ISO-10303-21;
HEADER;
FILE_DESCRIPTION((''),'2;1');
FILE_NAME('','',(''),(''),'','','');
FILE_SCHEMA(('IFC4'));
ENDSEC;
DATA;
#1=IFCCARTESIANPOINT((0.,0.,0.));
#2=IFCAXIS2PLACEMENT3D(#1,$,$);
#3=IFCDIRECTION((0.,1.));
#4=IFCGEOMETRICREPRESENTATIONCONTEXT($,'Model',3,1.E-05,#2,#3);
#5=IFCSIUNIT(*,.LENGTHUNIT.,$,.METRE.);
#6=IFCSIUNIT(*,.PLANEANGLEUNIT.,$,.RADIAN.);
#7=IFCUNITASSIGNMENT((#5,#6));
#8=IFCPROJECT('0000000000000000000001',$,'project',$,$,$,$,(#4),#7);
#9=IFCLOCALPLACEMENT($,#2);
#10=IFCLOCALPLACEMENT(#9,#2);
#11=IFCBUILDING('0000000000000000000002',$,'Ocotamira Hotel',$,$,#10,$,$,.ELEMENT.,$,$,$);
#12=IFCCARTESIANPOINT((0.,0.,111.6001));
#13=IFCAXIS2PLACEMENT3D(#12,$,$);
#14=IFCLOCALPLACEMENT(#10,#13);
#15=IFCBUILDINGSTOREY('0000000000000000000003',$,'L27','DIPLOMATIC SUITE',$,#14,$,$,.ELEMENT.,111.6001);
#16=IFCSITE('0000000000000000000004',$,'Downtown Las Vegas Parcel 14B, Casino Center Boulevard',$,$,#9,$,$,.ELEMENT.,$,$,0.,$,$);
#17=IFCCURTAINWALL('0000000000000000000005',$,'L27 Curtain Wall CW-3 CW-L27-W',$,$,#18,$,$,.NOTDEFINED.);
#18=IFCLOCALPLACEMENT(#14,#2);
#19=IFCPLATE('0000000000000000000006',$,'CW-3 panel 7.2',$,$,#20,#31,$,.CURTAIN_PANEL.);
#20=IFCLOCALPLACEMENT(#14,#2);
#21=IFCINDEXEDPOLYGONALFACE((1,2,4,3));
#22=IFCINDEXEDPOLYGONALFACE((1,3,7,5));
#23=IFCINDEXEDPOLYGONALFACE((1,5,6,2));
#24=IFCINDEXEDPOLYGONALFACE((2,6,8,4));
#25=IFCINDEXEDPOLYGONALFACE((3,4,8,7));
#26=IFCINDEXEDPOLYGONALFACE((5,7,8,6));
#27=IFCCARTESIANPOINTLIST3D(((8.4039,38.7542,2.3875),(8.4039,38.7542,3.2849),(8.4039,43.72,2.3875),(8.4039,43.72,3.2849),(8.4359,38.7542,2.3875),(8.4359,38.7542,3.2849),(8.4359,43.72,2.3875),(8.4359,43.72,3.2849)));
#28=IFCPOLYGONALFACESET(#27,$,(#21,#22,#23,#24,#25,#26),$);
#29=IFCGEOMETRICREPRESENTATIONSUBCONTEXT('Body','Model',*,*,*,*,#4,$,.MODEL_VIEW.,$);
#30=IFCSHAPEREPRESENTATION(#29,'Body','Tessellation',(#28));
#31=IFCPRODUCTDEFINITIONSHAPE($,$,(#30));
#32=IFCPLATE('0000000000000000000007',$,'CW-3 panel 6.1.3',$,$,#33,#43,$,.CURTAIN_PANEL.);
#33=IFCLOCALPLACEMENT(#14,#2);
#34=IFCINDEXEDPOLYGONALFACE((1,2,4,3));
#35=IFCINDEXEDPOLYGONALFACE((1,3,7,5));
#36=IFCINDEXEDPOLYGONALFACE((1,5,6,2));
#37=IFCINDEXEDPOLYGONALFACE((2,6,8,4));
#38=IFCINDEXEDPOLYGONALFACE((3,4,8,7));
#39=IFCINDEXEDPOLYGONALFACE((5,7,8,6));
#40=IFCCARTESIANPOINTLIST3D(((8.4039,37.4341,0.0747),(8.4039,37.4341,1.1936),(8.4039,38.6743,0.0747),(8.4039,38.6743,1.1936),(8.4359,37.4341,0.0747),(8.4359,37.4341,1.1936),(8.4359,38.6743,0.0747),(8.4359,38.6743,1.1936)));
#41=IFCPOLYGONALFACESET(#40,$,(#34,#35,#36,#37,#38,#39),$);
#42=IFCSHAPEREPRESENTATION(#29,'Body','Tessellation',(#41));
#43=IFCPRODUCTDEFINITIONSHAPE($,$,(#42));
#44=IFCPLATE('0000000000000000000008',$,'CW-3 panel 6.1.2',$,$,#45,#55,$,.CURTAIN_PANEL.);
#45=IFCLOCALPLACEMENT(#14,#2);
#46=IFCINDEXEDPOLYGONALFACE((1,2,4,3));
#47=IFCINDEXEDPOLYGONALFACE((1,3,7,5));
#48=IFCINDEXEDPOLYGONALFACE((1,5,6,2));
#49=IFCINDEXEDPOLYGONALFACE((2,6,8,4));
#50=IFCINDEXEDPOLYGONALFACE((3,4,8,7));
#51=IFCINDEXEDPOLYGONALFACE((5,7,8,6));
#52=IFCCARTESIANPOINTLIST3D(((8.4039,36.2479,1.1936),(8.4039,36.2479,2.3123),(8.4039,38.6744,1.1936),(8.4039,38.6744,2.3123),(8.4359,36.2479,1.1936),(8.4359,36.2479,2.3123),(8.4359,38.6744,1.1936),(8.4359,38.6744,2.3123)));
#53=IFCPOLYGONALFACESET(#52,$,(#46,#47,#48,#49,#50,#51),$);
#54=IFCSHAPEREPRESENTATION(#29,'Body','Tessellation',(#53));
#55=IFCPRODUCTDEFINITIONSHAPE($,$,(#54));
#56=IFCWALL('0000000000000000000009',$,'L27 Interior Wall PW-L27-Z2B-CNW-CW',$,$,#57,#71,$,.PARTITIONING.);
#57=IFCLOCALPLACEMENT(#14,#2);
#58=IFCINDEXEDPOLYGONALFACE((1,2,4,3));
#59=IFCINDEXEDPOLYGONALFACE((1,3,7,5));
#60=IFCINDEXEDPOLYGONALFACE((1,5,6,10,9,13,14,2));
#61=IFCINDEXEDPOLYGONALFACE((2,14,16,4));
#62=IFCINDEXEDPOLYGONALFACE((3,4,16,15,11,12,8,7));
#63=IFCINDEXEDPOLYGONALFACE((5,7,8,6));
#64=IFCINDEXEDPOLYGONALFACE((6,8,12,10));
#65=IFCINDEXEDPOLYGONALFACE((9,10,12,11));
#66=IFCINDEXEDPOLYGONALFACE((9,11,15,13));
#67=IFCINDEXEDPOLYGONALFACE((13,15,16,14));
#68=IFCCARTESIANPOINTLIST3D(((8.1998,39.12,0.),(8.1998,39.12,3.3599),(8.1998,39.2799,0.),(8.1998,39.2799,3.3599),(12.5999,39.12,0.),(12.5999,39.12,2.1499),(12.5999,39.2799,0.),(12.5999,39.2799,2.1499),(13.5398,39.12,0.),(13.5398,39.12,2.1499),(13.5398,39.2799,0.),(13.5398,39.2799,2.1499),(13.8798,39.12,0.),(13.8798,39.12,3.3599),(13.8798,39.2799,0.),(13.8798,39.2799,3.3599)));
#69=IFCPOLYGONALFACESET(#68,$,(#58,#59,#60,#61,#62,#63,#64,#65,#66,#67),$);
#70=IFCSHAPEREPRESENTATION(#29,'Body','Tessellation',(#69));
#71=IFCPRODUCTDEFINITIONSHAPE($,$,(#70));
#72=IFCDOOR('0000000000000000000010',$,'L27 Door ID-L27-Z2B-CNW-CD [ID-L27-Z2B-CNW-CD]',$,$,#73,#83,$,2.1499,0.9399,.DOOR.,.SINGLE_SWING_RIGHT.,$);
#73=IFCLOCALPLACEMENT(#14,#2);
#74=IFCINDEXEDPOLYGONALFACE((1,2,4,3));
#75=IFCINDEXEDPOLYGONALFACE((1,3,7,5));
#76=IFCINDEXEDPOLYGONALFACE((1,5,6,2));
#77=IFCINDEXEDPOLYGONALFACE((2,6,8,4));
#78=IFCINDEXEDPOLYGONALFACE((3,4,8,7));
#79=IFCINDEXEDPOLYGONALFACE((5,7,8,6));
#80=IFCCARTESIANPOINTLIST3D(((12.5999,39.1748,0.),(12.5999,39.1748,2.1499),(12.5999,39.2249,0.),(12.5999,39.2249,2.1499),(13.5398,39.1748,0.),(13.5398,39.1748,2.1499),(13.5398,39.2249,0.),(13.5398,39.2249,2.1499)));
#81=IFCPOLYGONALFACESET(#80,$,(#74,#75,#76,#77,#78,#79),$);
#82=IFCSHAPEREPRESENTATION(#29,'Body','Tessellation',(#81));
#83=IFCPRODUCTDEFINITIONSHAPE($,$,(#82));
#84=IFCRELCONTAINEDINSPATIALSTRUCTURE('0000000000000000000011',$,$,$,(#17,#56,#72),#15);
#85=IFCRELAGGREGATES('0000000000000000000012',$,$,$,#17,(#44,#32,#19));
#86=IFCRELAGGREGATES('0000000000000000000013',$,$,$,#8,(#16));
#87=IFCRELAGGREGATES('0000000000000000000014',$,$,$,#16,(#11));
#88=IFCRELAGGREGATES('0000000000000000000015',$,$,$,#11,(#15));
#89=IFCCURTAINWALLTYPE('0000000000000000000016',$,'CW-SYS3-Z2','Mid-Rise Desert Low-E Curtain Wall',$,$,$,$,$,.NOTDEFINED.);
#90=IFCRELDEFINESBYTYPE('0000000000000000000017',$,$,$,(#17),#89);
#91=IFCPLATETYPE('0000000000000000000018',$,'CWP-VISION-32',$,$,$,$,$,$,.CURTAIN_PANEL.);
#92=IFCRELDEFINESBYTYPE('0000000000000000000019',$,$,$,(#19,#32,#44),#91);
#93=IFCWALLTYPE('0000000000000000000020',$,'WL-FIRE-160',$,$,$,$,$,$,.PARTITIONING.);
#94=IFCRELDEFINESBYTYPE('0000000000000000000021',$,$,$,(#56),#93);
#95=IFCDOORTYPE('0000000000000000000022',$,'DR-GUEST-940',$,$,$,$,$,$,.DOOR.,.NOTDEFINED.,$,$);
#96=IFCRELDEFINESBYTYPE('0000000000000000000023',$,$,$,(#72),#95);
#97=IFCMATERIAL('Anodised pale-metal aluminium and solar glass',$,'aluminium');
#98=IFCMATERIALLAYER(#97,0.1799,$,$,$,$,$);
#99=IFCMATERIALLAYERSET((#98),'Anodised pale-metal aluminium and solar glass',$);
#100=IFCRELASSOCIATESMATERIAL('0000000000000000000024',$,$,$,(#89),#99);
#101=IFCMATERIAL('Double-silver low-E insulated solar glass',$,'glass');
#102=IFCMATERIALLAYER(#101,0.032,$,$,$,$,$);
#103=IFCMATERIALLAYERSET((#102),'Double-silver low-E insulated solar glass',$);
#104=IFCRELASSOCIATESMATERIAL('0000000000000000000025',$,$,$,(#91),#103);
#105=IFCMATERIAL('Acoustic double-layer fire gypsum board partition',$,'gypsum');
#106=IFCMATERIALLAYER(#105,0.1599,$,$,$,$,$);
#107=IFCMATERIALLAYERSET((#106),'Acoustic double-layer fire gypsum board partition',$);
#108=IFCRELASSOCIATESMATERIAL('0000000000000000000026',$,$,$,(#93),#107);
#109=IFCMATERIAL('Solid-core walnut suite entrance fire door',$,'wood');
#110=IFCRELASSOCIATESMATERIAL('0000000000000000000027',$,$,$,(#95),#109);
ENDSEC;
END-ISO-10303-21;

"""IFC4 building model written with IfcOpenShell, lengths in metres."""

from ifc_helpers import new_model, si_unit, direction, frame, frame_2d, origin, origin_2d, place, context, subcontext, project, spatial, rectangle, extrude, source, transform, mapped, material, layer, layer_set, type_object, element, fill, aggregate, save


model = new_model("IFC4")

# Units and contexts
model_context = context("Model", 3, precision=1e-05, world=origin(), true_north=direction((0.0, 1.0)))
body_context = subcontext(model_context, "Body", "Model", "MODEL_VIEW")
ifc_project = project(units=[si_unit("LENGTHUNIT", "METRE"), si_unit("PLANEANGLEUNIT", "RADIAN")], contexts=[model_context])

# Site, building, storey
site_placement = place(None, origin())
site = spatial("IfcSite", under=ifc_project, at=site_placement, Name="Downtown Las Vegas Parcel 14B, Casino Center Boulevard", CompositionType="ELEMENT", RefElevation=0.0)
building_placement = place(site_placement, origin())
building = spatial("IfcBuilding", under=site, at=building_placement, Name="Ocotamira Hotel", CompositionType="ELEMENT")
storey_placement = place(building_placement, frame((0.0, 0.0, 111.6001)))
storey = spatial("IfcBuildingStorey", under=building, at=storey_placement, Name="L27", Description="DIPLOMATIC SUITE", CompositionType="ELEMENT", Elevation=111.6001)

# Curtain wall, plates
ifc_material_1 = material(Name="Anodised pale-metal aluminium and solar glass", Category="aluminium")
ifc_layer_1 = layer(ifc_material_1, 0.1799)
ifc_layer_set_1 = layer_set([ifc_layer_1], Name="Anodised pale-metal aluminium and solar glass")
curtain_wall_type = type_object("IfcCurtainWallType", Name="CW-SYS3-Z2", Description="Mid-Rise Desert Low-E Curtain Wall", PredefinedType="NOTDEFINED", material=ifc_layer_set_1)
curtain_wall_placement = place(storey_placement, origin())
curtain_wall = element("IfcCurtainWall", 1, at=curtain_wall_placement, inside=storey, type_object=curtain_wall_type, Name="L27 Curtain Wall CW-3 CW-L27-W", PredefinedType="NOTDEFINED")
ifc_material_2 = material(Name="Double-silver low-E insulated solar glass", Category="glass")
ifc_layer_2 = layer(ifc_material_2, 0.032)
ifc_layer_set_2 = layer_set([ifc_layer_2], Name="Double-silver low-E insulated solar glass")
plate_type = type_object("IfcPlateType", Name="CWP-VISION-32", PredefinedType="CURTAIN_PANEL", material=ifc_layer_set_2)
shared_shape_1 = source(origin(), body_context, "Body", "SweptSolid", [
    extrude(rectangle(XDim=4.9658, YDim=0.032, at=origin_2d()), origin(), (0.0, 0.0, 1.0), 0.8975),
])
plate_1_placement = place(storey_placement, frame((8.4199, 41.2371, 2.3875), z_axis=(0.0, 0.0, 1.0), x_axis=(0.0, 1.0, 0.0)))
plate_1 = element("IfcPlate", 2, at=plate_1_placement, type_object=plate_type, Name="CW-3 panel 7.2", PredefinedType="CURTAIN_PANEL", context=body_context, shape_type="MappedRepresentation", body=[
    mapped(shared_shape_1, transform((0.0, 0.0, 0.0), scale=1.0)),
])
shared_shape_2 = source(origin(), body_context, "Body", "SweptSolid", [
    extrude(rectangle(XDim=1.2402, YDim=0.032, at=origin_2d()), origin(), (0.0, 0.0, 1.0), 1.1189),
])
plate_2_placement = place(storey_placement, frame((8.4199, 38.0542, 0.0747), z_axis=(0.0, 0.0, 1.0), x_axis=(0.0, 1.0, 0.0)))
plate_2 = element("IfcPlate", 3, at=plate_2_placement, type_object=plate_type, Name="CW-3 panel 6.1.3", PredefinedType="CURTAIN_PANEL", context=body_context, shape_type="MappedRepresentation", body=[
    mapped(shared_shape_2, transform((0.0, 0.0, 0.0), scale=1.0)),
])
shared_shape_3 = source(origin(), body_context, "Body", "SweptSolid", [
    extrude(rectangle(XDim=2.4265, YDim=0.032, at=origin_2d()), origin(), (0.0, 0.0, 1.0), 1.1187),
])
plate_3_placement = place(storey_placement, frame((8.4199, 37.4612, 1.1936), z_axis=(0.0, 0.0, 1.0), x_axis=(0.0, 1.0, 0.0)))
plate_3 = element("IfcPlate", 4, at=plate_3_placement, type_object=plate_type, Name="CW-3 panel 6.1.2", PredefinedType="CURTAIN_PANEL", context=body_context, shape_type="MappedRepresentation", body=[
    mapped(shared_shape_3, transform((0.0, 0.0, 0.0), scale=1.0)),
])
aggregate(curtain_wall, [plate_3, plate_2, plate_1])

# Wall, opening, door
ifc_material_3 = material(Name="Acoustic double-layer fire gypsum board partition", Category="gypsum")
ifc_layer_3 = layer(ifc_material_3, 0.1599)
ifc_layer_set_3 = layer_set([ifc_layer_3], Name="Acoustic double-layer fire gypsum board partition")
wall_type_1 = type_object("IfcWallType", Name="WL-FIRE-160", PredefinedType="PARTITIONING", material=ifc_layer_set_3)
wall_1_placement = place(storey_placement, frame((8.2, 39.2, 0.0), z_axis=(0.0, 0.0, 1.0), x_axis=(1.0, 0.0, 0.0)))
wall_1 = element("IfcWall", 5, at=wall_1_placement, inside=storey, type_object=wall_type_1, Name="L27 Interior Wall PW-L27-Z2B-CNW-CW", PredefinedType="PARTITIONING", context=body_context, shape_type="SweptSolid", body=[
    extrude(rectangle(XDim=5.6799, YDim=0.1599, at=frame_2d((2.8398, 0.0))), origin(), (0.0, 0.0, 1.0), 3.3599),
])
opening_1_placement = place(wall_1_placement, frame((4.3999, 0.0, 0.0)))
opening_1 = element("IfcOpeningElement", 6, at=opening_1_placement, cuts=wall_1, PredefinedType="OPENING", context=body_context, shape_type="SweptSolid", body=[
    extrude(rectangle(XDim=0.9399, YDim=2.1499, at=frame_2d((0.47, 1.075))), frame((0.0, 0.0898, 0.0), z_axis=(0.0, -1.0, 0.0), x_axis=(1.0, 0.0, 0.0)), (0.0, 0.0, 1.0), 0.1799),
])
ifc_material_4 = material(Name="Solid-core walnut suite entrance fire door", Category="wood")
door_type_1 = type_object("IfcDoorType", Name="DR-GUEST-940", OperationType="NOTDEFINED", PredefinedType="DOOR", material=ifc_material_4)
shared_shape_4 = source(origin(), body_context, "Body", "SweptSolid", [
    extrude(rectangle(XDim=0.9399, YDim=2.1499, at=frame_2d((0.47, 1.075))), frame((0.0, 0.0249, 0.0), z_axis=(0.0, -1.0, 0.0), x_axis=(1.0, 0.0, 0.0)), (0.0, 0.0, 1.0), 0.05),
])
door_1_placement = place(opening_1_placement, origin())
door_1 = element("IfcDoor", 7, at=door_1_placement, inside=storey, type_object=door_type_1, Name="L27 Door ID-L27-Z2B-CNW-CD [ID-L27-Z2B-CNW-CD]", OperationType="SINGLE_SWING_RIGHT", OverallHeight=2.1499, OverallWidth=0.9399, PredefinedType="DOOR", context=body_context, shape_type="MappedRepresentation", body=[
    mapped(shared_shape_4, transform((0.0, 0.0, 0.0), scale=1.0)),
])
fill(opening_1, door_1)

save(model, "model.ifc")
